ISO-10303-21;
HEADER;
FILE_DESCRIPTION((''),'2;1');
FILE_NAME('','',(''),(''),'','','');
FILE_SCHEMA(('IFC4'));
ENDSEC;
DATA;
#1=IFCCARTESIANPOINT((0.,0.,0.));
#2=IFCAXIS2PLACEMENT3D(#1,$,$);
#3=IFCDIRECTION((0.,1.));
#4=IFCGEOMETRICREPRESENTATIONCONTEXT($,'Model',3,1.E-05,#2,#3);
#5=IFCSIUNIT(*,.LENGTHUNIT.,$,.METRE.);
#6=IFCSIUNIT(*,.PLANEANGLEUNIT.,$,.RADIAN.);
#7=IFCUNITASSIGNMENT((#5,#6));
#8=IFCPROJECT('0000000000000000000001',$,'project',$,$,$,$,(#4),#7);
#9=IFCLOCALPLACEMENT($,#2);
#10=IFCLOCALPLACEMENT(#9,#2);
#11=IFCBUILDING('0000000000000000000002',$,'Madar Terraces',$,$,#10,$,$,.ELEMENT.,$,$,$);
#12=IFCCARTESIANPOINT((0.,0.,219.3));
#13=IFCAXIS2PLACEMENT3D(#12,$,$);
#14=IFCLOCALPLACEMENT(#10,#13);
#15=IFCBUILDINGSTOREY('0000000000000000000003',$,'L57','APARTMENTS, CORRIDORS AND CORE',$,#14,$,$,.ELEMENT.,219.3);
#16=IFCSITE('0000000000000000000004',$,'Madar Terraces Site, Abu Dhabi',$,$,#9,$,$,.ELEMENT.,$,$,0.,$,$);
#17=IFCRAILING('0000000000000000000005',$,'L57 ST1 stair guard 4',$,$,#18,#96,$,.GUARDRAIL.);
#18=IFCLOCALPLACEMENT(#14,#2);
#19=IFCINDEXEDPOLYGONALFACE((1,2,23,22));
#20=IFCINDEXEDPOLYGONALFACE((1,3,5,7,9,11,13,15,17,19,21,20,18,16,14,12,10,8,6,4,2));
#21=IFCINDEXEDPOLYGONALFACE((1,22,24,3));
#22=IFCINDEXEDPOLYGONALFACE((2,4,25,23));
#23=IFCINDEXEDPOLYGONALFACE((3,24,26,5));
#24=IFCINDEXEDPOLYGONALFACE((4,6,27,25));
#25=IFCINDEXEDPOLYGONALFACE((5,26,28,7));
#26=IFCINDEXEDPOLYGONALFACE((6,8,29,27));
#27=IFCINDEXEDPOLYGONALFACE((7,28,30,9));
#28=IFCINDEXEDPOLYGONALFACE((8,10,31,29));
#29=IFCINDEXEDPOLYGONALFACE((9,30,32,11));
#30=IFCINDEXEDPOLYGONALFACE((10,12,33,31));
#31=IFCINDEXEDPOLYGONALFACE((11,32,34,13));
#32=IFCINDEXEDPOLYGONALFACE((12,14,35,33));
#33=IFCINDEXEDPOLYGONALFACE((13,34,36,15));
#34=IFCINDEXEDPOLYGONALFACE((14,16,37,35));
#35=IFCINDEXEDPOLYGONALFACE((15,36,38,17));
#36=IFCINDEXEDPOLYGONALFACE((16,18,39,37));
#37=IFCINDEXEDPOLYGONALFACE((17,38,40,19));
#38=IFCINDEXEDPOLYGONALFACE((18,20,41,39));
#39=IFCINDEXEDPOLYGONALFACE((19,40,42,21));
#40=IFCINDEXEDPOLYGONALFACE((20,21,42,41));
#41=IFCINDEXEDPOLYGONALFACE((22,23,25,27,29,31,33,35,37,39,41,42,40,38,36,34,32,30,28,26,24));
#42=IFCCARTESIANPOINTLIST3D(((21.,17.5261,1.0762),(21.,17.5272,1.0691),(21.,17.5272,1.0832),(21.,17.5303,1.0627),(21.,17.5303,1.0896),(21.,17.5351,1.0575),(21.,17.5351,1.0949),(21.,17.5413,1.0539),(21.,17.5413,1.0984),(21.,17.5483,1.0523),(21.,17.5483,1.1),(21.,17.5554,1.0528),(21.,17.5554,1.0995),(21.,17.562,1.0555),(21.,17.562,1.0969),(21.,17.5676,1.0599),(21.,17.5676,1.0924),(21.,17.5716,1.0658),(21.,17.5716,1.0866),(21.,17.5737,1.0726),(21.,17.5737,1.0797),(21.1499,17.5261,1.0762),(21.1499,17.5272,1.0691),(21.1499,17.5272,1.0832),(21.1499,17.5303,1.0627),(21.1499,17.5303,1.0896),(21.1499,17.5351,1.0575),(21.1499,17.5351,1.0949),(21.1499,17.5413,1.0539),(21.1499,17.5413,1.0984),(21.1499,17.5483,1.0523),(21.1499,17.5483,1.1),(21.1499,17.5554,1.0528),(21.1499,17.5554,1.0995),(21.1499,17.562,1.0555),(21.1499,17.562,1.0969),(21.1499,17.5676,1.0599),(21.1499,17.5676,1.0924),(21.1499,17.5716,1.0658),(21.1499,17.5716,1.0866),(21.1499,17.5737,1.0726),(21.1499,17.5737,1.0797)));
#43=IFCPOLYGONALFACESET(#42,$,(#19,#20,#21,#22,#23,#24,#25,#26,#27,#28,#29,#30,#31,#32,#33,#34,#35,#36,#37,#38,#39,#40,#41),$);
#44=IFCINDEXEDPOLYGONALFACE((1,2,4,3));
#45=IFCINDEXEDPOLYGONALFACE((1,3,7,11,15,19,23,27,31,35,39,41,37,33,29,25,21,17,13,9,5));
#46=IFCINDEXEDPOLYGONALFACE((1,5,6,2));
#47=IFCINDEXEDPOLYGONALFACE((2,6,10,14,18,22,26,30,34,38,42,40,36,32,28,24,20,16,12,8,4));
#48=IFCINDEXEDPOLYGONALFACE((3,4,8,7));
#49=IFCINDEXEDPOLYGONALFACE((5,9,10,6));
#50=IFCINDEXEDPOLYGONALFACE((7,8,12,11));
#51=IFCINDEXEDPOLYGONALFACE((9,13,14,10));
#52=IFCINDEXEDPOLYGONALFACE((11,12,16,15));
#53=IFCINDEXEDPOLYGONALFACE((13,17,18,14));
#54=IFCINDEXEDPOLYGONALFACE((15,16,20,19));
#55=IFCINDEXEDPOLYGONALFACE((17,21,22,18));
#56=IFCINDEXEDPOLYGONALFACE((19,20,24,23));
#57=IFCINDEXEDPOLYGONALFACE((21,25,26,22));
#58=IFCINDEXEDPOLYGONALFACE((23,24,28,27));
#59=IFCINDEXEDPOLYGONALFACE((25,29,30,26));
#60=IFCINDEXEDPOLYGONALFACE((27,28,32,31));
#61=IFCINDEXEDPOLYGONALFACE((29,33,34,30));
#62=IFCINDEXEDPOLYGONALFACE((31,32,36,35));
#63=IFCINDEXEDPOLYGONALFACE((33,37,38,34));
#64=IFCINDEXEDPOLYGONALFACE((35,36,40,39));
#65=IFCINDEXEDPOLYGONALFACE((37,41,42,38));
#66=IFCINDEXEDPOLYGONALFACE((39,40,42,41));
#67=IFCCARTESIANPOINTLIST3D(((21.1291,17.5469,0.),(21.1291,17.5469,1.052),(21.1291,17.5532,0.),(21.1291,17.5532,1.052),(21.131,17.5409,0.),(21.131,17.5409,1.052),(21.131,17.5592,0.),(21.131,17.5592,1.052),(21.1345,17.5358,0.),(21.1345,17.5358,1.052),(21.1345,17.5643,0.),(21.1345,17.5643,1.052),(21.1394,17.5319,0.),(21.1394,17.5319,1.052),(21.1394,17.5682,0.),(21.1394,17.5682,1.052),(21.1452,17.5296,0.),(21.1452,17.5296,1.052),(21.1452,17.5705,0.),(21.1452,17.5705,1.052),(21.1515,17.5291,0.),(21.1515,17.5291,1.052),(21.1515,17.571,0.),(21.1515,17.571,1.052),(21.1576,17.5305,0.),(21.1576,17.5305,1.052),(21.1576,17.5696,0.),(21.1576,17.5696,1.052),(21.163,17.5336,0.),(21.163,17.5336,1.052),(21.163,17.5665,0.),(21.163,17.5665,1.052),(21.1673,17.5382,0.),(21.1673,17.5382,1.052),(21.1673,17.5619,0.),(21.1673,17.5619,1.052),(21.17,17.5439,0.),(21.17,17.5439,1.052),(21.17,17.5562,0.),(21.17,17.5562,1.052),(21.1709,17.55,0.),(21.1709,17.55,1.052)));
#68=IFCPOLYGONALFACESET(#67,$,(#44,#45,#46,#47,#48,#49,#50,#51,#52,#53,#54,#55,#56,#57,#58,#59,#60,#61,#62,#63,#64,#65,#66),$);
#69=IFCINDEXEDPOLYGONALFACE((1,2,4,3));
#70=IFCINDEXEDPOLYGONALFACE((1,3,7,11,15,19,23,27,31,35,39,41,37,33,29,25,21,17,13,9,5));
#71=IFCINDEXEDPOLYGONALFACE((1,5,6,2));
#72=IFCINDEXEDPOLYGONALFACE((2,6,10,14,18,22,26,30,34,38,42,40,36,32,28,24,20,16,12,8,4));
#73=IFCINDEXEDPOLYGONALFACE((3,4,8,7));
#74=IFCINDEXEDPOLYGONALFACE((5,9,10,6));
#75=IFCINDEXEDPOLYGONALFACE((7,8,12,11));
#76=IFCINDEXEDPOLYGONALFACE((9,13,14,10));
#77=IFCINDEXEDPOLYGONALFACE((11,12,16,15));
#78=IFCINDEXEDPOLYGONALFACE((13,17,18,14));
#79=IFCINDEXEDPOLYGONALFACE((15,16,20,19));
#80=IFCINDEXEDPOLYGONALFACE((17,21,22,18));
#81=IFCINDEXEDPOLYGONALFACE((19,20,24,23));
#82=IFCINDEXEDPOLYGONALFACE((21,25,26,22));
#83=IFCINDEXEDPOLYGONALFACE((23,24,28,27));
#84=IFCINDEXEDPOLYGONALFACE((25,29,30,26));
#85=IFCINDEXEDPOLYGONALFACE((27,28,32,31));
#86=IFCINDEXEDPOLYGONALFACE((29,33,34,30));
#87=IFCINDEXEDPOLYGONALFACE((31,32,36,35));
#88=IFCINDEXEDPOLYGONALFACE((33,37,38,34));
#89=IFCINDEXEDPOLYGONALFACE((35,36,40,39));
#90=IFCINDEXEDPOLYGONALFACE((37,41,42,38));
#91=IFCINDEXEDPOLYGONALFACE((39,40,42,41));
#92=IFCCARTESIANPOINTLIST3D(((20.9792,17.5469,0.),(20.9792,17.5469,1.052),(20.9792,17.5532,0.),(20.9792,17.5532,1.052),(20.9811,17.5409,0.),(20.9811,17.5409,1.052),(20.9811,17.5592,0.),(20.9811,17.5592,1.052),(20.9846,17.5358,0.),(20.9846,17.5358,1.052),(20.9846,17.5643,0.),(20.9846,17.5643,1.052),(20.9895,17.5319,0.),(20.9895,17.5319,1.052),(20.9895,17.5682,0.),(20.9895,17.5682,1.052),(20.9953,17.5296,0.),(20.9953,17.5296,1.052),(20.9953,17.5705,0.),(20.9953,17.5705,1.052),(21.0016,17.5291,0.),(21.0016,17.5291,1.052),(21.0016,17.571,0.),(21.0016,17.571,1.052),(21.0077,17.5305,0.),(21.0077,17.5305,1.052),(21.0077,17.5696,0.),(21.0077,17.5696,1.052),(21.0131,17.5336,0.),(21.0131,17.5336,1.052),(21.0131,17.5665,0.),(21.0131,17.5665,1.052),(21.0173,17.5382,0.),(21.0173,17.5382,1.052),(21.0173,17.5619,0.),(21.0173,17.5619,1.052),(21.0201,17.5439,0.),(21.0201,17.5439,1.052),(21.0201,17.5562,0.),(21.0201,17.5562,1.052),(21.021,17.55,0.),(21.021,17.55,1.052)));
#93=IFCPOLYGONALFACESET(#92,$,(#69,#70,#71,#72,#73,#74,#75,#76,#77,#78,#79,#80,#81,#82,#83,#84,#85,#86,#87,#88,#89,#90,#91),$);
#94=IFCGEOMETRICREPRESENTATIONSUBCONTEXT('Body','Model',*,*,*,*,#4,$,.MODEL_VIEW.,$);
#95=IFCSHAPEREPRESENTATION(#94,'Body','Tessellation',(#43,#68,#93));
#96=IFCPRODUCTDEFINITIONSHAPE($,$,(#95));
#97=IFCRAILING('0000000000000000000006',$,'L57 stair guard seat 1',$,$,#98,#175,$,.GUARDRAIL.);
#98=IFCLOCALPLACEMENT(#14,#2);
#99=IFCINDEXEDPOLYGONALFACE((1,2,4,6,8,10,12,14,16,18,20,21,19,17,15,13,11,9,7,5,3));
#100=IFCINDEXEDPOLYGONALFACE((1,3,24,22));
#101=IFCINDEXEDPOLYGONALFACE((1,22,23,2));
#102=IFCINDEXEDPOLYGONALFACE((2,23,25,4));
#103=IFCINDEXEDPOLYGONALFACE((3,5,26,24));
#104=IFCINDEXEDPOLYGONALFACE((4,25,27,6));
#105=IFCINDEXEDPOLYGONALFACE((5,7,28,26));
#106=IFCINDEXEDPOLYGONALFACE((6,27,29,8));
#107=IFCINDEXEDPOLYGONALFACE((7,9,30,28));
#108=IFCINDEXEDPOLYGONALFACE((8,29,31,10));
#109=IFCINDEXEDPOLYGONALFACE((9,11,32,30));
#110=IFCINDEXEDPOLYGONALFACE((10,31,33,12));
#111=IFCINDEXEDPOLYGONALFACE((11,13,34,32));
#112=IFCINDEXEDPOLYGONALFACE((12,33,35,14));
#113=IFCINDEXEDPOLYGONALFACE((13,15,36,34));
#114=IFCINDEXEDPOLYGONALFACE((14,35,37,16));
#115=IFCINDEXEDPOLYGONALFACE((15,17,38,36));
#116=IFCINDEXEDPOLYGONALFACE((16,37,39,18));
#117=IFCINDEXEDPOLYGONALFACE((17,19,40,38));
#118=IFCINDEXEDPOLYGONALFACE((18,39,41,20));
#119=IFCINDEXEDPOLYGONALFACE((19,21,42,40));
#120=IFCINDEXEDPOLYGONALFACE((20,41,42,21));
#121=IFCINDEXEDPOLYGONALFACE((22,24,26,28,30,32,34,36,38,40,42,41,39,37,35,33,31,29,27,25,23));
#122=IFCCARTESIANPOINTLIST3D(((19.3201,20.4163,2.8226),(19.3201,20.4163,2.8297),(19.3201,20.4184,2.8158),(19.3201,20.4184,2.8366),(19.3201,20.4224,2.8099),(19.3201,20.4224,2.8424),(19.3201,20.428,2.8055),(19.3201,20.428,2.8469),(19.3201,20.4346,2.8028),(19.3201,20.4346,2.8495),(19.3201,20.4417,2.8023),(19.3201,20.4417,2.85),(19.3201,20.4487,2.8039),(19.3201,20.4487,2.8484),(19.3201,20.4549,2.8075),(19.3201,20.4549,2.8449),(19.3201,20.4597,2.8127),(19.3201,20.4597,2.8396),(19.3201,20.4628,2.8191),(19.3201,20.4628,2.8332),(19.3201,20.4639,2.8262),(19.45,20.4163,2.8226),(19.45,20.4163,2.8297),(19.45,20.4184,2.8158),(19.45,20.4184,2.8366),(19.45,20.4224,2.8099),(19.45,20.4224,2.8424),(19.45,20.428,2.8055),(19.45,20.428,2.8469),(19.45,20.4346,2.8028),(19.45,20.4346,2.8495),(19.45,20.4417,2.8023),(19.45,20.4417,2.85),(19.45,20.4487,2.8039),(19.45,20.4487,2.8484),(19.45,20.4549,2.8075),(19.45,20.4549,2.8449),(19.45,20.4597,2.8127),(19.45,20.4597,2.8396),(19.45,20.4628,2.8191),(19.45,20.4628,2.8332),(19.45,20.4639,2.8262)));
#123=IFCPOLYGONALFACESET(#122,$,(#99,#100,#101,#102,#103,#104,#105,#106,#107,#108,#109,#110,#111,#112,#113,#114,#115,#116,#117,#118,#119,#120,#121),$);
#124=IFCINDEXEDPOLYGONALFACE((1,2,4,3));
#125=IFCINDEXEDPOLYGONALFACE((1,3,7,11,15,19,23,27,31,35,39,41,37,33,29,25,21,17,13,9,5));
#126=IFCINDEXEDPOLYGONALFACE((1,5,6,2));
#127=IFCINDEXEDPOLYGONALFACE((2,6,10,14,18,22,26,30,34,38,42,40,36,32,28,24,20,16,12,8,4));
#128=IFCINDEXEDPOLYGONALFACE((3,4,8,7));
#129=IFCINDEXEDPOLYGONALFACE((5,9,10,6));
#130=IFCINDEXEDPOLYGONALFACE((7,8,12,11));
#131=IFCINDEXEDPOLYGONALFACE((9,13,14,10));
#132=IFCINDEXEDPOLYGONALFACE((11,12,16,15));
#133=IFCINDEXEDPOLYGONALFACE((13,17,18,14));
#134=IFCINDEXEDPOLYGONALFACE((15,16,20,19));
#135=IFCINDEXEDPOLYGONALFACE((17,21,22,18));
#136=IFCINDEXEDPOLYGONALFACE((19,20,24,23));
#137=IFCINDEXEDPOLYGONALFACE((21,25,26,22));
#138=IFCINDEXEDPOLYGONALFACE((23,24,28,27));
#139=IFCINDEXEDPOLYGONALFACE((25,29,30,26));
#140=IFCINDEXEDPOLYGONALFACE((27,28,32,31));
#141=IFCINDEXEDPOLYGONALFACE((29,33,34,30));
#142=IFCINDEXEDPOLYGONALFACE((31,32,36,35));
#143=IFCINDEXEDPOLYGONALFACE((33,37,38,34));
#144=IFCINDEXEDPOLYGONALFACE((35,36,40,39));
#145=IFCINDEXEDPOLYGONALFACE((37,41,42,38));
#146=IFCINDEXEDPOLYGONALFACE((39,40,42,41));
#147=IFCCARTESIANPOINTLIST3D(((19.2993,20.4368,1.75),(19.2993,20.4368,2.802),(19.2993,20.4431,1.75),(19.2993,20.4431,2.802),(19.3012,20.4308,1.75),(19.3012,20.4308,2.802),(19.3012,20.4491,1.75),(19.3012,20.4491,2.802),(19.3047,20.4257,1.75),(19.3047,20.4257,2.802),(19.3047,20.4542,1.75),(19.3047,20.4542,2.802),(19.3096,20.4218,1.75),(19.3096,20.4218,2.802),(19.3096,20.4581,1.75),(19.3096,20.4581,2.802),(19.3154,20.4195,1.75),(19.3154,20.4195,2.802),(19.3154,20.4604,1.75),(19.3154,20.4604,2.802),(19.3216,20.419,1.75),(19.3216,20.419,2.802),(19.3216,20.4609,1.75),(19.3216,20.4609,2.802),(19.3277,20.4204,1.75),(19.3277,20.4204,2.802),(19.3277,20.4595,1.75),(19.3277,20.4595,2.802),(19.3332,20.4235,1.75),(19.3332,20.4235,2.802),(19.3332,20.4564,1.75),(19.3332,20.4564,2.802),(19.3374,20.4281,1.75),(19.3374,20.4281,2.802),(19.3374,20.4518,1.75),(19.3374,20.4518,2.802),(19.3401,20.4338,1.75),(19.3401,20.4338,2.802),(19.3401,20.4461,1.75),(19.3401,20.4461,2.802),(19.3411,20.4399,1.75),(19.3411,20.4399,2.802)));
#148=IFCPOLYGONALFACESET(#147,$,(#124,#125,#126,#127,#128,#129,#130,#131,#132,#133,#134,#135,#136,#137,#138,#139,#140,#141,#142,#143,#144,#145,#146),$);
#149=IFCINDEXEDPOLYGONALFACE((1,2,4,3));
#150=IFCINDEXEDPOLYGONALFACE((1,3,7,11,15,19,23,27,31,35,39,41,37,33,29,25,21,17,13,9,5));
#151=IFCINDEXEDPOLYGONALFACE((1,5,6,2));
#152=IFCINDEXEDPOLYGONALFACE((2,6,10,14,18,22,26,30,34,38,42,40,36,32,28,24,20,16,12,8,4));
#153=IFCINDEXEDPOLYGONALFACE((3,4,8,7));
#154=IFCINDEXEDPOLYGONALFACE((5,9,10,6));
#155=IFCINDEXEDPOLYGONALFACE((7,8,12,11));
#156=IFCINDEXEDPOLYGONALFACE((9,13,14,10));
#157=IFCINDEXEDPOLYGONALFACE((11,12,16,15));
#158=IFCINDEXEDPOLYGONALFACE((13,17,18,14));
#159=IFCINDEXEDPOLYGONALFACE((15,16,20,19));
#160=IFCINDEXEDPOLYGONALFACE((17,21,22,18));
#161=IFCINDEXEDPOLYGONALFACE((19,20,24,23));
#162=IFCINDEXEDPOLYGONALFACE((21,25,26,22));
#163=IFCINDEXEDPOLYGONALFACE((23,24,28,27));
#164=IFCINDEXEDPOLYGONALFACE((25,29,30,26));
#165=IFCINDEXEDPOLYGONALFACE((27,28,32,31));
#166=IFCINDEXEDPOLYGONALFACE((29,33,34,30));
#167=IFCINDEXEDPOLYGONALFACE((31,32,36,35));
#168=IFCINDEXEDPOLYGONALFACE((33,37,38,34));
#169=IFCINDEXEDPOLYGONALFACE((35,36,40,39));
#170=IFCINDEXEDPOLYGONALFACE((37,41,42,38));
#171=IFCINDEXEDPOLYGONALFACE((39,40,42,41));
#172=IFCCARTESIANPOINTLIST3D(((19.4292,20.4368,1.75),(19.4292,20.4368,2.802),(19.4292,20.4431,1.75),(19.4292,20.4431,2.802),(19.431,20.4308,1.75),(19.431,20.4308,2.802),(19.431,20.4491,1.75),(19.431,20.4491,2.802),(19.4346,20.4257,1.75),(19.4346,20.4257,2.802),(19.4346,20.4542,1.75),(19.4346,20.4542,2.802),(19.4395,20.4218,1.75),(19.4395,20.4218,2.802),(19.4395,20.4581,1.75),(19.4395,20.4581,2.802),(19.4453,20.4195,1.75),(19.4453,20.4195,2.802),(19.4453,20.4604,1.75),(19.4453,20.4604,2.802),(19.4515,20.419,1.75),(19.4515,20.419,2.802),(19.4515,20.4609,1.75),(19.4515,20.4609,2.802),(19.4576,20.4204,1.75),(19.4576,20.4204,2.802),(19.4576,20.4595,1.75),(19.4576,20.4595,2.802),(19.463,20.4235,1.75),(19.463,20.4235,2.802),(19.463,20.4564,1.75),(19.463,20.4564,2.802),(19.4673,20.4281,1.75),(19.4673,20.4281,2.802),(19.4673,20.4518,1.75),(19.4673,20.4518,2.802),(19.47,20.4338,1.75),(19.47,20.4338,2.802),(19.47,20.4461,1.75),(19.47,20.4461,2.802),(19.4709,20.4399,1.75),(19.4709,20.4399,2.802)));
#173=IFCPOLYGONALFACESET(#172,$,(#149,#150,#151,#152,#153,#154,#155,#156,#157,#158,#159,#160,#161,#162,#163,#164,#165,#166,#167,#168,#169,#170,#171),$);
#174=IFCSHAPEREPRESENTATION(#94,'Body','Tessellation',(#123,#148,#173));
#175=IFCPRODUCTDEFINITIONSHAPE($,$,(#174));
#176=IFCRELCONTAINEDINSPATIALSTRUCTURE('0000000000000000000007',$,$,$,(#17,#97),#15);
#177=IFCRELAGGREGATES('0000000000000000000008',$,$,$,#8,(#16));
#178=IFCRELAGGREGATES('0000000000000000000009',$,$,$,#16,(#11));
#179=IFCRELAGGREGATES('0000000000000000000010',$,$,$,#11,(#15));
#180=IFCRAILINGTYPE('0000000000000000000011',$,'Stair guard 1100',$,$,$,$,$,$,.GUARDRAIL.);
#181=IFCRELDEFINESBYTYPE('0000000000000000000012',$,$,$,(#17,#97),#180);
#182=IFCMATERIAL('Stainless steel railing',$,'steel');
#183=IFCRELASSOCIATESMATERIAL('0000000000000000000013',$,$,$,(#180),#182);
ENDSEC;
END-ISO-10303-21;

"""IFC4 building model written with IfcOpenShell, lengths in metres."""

from ifc_helpers import new_model, si_unit, direction, frame, origin, origin_2d, place, context, subcontext, project, spatial, circle, extrude, material, type_object, element, save


model = new_model("IFC4")

# Units and contexts
model_context = context("Model", 3, precision=1e-05, world=origin(), true_north=direction((0.0, 1.0)))
body_context = subcontext(model_context, "Body", "Model", "MODEL_VIEW")
ifc_project = project(units=[si_unit("LENGTHUNIT", "METRE"), si_unit("PLANEANGLEUNIT", "RADIAN")], contexts=[model_context])

# Site, building, storey
site_placement = place(None, origin())
site = spatial("IfcSite", under=ifc_project, at=site_placement, Name="Madar Terraces Site, Abu Dhabi", CompositionType="ELEMENT", RefElevation=0.0)
building_placement = place(site_placement, origin())
building = spatial("IfcBuilding", under=site, at=building_placement, Name="Madar Terraces", CompositionType="ELEMENT")
storey_placement = place(building_placement, frame((0.0, 0.0, 219.3)))
storey = spatial("IfcBuildingStorey", under=building, at=storey_placement, Name="L57", Description="APARTMENTS, CORRIDORS AND CORE", CompositionType="ELEMENT", Elevation=219.3)

# Railings
ifc_material_1 = material(Name="Stainless steel railing", Category="steel")
railing_type_1 = type_object("IfcRailingType", Name="Stair guard 1100", PredefinedType="GUARDRAIL", material=ifc_material_1)
railing_1_placement = place(storey_placement, frame((21.1499, 17.55, 0.0)))
element("IfcRailing", 1, at=railing_1_placement, inside=storey, type_object=railing_type_1, Name="L57 ST1 stair guard 4", PredefinedType="GUARDRAIL", context=body_context, shape_type="SweptSolid", body=[
    extrude(circle(Radius=0.0239, at=origin_2d()), frame((0.0, 0.0, 1.0762), z_axis=(-1.0, 0.0, 0.0), x_axis=(0.0, -1.0, 0.0)), (0.0, 0.0, 1.0), 0.1499),
    extrude(circle(Radius=0.021, at=origin_2d()), origin(), (0.0, 0.0, 1.0), 1.052),
    extrude(circle(Radius=0.021, at=origin_2d()), frame((-0.1499, 0.0, 0.0)), (0.0, 0.0, 1.0), 1.052),
])
railing_2_placement = place(storey_placement, frame((19.3201, 20.4399, 1.75)))
element("IfcRailing", 2, at=railing_2_placement, inside=storey, type_object=railing_type_1, Name="L57 stair guard seat 1", PredefinedType="GUARDRAIL", context=body_context, shape_type="SweptSolid", body=[
    extrude(circle(Radius=0.0239, at=origin_2d()), frame((0.0, 0.0, 1.0762), z_axis=(1.0, 0.0, 0.0), x_axis=(0.0, 1.0, 0.0)), (0.0, 0.0, 1.0), 0.1299),
    extrude(circle(Radius=0.021, at=origin_2d()), origin(), (0.0, 0.0, 1.0), 1.052),
    extrude(circle(Radius=0.021, at=origin_2d()), frame((0.1299, 0.0, 0.0)), (0.0, 0.0, 1.0), 1.052),
])

save(model, "model.ifc")
